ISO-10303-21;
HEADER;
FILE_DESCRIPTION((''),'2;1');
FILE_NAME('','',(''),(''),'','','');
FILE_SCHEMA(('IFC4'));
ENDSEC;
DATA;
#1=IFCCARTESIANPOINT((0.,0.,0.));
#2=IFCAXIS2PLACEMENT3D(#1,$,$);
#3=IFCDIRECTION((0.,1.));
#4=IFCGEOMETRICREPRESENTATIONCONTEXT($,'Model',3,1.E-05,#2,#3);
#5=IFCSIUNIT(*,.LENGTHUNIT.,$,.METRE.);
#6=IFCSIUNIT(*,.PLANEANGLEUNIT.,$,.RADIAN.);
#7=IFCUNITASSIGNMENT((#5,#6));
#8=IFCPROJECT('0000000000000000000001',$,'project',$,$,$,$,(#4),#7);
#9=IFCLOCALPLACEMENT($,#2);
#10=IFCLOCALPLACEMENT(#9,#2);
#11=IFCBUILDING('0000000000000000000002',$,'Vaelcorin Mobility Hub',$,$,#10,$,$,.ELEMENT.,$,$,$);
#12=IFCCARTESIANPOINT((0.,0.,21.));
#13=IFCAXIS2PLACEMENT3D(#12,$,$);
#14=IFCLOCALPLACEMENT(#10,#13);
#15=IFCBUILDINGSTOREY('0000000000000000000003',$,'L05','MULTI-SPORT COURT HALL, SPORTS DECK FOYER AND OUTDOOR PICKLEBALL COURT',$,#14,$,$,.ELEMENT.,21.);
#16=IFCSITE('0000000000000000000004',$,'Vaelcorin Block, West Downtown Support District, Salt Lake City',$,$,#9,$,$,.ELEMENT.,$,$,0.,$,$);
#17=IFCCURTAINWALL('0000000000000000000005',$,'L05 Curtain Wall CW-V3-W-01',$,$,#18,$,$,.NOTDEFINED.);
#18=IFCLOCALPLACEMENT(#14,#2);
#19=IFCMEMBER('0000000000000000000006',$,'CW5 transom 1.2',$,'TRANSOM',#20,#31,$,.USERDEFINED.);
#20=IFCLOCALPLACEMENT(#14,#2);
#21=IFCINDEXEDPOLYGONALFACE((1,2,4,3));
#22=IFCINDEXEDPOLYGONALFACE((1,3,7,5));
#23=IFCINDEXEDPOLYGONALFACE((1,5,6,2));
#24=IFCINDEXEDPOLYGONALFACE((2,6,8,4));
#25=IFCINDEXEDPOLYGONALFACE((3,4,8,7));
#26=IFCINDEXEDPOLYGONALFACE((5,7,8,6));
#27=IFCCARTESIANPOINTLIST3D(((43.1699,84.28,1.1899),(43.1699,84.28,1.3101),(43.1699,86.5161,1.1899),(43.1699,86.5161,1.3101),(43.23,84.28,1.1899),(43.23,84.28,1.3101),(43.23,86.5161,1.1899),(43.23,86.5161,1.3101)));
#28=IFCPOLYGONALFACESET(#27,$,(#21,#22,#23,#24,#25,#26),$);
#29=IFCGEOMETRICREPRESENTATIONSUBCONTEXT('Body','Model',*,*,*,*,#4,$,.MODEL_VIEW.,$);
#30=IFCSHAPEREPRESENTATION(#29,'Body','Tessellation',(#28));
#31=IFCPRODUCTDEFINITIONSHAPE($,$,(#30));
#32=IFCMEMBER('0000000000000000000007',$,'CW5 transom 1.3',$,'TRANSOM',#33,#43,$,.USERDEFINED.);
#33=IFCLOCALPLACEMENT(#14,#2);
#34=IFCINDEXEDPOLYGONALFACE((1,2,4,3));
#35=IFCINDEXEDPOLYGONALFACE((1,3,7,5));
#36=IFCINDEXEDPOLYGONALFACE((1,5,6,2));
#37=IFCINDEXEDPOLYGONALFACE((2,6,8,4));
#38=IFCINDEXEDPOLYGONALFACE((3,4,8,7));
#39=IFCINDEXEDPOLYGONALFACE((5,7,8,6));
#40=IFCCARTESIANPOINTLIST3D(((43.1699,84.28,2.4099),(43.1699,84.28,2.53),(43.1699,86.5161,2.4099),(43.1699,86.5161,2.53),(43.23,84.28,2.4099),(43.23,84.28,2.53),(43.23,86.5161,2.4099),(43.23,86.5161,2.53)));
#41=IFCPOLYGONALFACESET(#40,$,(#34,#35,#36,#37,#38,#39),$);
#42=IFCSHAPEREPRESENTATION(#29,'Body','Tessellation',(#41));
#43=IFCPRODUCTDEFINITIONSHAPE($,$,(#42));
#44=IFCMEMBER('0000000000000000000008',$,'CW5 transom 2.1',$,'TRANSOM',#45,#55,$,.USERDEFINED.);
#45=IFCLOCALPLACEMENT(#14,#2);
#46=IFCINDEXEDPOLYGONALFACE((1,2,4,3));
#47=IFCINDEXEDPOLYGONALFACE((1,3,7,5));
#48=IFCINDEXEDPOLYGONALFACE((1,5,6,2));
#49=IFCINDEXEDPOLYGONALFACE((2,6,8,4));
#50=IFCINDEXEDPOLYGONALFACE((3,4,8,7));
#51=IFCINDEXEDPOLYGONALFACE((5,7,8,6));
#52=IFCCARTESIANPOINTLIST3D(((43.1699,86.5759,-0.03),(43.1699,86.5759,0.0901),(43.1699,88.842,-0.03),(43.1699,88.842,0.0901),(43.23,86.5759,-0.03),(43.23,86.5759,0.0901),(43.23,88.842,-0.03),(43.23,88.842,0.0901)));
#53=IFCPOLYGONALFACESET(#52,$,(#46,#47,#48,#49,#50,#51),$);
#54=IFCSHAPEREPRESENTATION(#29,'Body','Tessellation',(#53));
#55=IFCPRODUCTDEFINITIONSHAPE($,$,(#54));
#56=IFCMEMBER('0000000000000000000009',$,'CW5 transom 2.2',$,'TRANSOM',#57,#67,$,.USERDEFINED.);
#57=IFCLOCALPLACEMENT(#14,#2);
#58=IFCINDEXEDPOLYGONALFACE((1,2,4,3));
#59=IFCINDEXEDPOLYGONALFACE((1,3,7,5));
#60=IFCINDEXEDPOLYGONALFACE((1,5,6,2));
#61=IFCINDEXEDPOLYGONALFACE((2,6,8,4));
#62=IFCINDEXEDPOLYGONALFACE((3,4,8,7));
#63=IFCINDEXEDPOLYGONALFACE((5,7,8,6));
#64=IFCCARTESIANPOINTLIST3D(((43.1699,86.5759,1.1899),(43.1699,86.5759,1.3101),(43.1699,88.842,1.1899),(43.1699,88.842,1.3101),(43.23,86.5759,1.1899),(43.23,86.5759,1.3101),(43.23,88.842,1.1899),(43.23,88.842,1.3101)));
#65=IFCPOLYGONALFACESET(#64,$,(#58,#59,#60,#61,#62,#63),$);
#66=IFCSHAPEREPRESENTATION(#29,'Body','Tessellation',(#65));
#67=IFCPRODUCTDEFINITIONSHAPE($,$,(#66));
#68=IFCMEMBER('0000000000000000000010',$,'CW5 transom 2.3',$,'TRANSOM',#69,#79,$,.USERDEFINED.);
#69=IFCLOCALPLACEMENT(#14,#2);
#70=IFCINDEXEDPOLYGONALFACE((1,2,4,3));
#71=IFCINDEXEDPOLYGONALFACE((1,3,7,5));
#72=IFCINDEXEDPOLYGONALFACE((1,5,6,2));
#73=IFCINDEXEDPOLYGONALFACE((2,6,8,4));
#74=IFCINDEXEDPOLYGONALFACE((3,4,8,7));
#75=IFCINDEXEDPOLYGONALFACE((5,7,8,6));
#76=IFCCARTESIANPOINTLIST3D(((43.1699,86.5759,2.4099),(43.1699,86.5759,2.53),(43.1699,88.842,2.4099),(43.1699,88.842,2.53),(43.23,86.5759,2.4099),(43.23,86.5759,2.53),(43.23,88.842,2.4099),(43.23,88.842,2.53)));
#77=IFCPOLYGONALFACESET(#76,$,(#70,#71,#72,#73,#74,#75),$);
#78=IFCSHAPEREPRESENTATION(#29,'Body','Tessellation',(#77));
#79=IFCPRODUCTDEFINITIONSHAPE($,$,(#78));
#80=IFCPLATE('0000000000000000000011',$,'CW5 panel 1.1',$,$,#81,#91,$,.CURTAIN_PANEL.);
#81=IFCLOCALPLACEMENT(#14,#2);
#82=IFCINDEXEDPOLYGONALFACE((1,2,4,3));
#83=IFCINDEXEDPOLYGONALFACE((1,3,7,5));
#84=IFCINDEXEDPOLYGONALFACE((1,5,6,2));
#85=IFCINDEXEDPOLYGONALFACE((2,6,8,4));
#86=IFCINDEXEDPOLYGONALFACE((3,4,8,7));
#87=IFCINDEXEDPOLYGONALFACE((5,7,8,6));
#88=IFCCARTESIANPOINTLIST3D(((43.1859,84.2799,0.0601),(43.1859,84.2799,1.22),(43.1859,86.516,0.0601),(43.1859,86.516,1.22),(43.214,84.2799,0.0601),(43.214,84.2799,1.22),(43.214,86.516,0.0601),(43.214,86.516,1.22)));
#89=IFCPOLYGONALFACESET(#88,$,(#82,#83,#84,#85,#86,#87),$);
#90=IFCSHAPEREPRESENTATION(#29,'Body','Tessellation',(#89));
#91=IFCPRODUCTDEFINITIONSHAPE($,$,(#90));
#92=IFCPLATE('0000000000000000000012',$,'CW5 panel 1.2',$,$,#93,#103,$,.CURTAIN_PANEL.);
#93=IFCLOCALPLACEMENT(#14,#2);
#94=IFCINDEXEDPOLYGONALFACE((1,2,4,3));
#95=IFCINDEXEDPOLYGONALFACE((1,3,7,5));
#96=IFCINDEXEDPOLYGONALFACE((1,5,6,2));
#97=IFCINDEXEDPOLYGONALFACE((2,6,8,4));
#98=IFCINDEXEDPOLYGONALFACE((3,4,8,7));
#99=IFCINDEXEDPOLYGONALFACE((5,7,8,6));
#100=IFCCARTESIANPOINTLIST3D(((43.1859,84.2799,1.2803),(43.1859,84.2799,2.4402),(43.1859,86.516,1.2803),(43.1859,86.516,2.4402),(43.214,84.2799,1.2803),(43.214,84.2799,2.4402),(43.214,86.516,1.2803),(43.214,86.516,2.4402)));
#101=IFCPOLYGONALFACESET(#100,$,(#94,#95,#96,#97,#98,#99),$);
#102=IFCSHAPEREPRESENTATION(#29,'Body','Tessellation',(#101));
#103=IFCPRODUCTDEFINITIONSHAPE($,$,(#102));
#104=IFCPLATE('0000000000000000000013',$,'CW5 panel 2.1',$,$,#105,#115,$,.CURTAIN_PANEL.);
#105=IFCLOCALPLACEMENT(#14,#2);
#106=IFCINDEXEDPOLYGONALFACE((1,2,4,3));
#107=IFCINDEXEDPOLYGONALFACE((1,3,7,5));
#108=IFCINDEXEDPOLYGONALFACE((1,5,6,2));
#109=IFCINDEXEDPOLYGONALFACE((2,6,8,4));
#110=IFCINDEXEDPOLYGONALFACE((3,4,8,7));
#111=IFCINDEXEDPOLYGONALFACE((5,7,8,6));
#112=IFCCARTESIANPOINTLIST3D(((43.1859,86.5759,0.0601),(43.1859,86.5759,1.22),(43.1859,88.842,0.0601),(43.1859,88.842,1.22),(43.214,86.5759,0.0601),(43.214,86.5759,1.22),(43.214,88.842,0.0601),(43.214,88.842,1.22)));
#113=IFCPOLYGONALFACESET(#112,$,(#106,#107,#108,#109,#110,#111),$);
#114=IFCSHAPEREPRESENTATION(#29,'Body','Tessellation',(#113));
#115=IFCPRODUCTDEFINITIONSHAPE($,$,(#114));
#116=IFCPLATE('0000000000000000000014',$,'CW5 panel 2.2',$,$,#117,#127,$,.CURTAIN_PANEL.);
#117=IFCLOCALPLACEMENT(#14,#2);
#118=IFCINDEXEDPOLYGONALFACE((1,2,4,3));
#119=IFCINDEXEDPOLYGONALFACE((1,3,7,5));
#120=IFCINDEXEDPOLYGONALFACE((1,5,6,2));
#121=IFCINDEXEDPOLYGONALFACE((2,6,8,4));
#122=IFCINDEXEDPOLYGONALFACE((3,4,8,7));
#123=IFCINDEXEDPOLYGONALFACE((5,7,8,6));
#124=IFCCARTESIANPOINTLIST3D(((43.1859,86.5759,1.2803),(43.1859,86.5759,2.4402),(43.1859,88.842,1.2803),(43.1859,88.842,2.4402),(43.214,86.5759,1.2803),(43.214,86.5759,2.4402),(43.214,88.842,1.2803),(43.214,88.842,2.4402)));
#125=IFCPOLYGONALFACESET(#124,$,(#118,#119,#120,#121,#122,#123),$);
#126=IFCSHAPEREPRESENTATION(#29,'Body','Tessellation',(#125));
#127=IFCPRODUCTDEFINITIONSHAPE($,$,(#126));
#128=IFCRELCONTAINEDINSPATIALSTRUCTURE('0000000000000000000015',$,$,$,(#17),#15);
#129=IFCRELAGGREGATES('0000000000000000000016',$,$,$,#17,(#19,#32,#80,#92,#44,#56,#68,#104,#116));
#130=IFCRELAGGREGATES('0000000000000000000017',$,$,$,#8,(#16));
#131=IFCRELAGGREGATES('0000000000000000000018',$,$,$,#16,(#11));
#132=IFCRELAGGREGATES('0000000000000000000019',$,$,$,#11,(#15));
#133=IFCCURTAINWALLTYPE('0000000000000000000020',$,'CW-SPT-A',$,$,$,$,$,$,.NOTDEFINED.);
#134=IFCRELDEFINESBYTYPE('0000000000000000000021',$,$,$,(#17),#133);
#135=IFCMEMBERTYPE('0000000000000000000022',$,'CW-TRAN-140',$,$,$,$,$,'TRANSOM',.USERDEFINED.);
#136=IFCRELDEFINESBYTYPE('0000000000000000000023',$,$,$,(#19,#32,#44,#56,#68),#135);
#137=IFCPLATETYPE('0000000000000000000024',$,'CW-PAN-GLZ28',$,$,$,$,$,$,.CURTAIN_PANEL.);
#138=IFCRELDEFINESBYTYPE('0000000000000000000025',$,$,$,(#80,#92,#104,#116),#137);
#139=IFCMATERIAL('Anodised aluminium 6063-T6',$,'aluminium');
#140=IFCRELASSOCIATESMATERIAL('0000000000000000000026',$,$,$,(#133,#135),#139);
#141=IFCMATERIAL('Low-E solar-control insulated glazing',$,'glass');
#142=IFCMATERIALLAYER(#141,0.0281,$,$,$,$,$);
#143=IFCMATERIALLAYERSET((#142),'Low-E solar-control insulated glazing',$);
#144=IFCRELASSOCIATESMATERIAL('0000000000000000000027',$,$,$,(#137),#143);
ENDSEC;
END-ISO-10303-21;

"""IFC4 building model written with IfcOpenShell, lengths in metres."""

from ifc_helpers import new_model, si_unit, direction, frame, origin, origin_2d, place, context, subcontext, project, spatial, rectangle, extrude, material, layer, layer_set, material_profile, profile_set, type_object, element, aggregate, save


model = new_model("IFC4")

# Units and contexts
model_context = context("Model", 3, precision=1e-05, world=origin(), true_north=direction((0.0, 1.0)))
body_context = subcontext(model_context, "Body", "Model", "MODEL_VIEW")
ifc_project = project(units=[si_unit("LENGTHUNIT", "METRE"), si_unit("PLANEANGLEUNIT", "RADIAN")], contexts=[model_context])

# Site, building, storey
site_placement = place(None, origin())
site = spatial("IfcSite", under=ifc_project, at=site_placement, Name="Vaelcorin Block, West Downtown Support District, Salt Lake City", CompositionType="ELEMENT", RefElevation=0.0)
building_placement = place(site_placement, origin())
building = spatial("IfcBuilding", under=site, at=building_placement, Name="Vaelcorin Mobility Hub", CompositionType="ELEMENT")
storey_placement = place(building_placement, frame((0.0, 0.0, 21.0)))
storey = spatial("IfcBuildingStorey", under=building, at=storey_placement, Name="L05", Description="MULTI-SPORT COURT HALL, SPORTS DECK FOYER AND OUTDOOR PICKLEBALL COURT", CompositionType="ELEMENT", Elevation=21.0)

# Curtain wall, members, plates
ifc_material_1 = material(Name="Anodised aluminium 6063-T6", Category="aluminium")
curtain_wall_type = type_object("IfcCurtainWallType", Name="CW-SPT-A", PredefinedType="NOTDEFINED", material=ifc_material_1)
curtain_wall_placement = place(storey_placement, origin())
curtain_wall = element("IfcCurtainWall", 1, at=curtain_wall_placement, inside=storey, type_object=curtain_wall_type, Name="L05 Curtain Wall CW-V3-W-01", PredefinedType="NOTDEFINED")
ifc_material_profile_1 = material_profile(ifc_material_1, rectangle(XDim=0.0601, YDim=0.1201, at=origin_2d()), Name="ALU-T60X120")
ifc_profile_set_1 = profile_set([ifc_material_profile_1], Name="Anodised aluminium 6063-T6")
member_type_1 = type_object("IfcMemberType", Name="CW-TRAN-140", ElementType="TRANSOM", PredefinedType="USERDEFINED", material=ifc_profile_set_1)
member_1_placement = place(storey_placement, frame((43.2, 84.28, 1.25), z_axis=(0.0, 1.0, 0.0), x_axis=(-1.0, 0.0, 0.0)))
member_1 = element("IfcMember", 2, at=member_1_placement, type_object=member_type_1, Name="CW5 transom 1.2", ObjectType="TRANSOM", PredefinedType="USERDEFINED", context=body_context, shape_type="SweptSolid", body=[
    extrude(rectangle(XDim=0.0601, YDim=0.1201, at=origin_2d()), origin(), (0.0, 0.0, 1.0), 2.2361),
])
member_2_placement = place(storey_placement, frame((43.2, 84.28, 2.47), z_axis=(0.0, 1.0, 0.0), x_axis=(-1.0, 0.0, 0.0)))
member_2 = element("IfcMember", 3, at=member_2_placement, type_object=member_type_1, Name="CW5 transom 1.3", ObjectType="TRANSOM", PredefinedType="USERDEFINED", context=body_context, shape_type="SweptSolid", body=[
    extrude(rectangle(XDim=0.0601, YDim=0.1201, at=origin_2d()), origin(), (0.0, 0.0, 1.0), 2.2361),
])
member_3_placement = place(storey_placement, frame((43.2, 86.5759, 0.03), z_axis=(0.0, 1.0, 0.0), x_axis=(-1.0, 0.0, 0.0)))
member_3 = element("IfcMember", 4, at=member_3_placement, type_object=member_type_1, Name="CW5 transom 2.1", ObjectType="TRANSOM", PredefinedType="USERDEFINED", context=body_context, shape_type="SweptSolid", body=[
    extrude(rectangle(XDim=0.0601, YDim=0.1201, at=origin_2d()), origin(), (0.0, 0.0, 1.0), 2.2661),
])
member_4_placement = place(storey_placement, frame((43.2, 86.5759, 1.25), z_axis=(0.0, 1.0, 0.0), x_axis=(-1.0, 0.0, 0.0)))
member_4 = element("IfcMember", 5, at=member_4_placement, type_object=member_type_1, Name="CW5 transom 2.2", ObjectType="TRANSOM", PredefinedType="USERDEFINED", context=body_context, shape_type="SweptSolid", body=[
    extrude(rectangle(XDim=0.0601, YDim=0.1201, at=origin_2d()), origin(), (0.0, 0.0, 1.0), 2.2661),
])
member_5_placement = place(storey_placement, frame((43.2, 86.5759, 2.47), z_axis=(0.0, 1.0, 0.0), x_axis=(-1.0, 0.0, 0.0)))
member_5 = element("IfcMember", 6, at=member_5_placement, type_object=member_type_1, Name="CW5 transom 2.3", ObjectType="TRANSOM", PredefinedType="USERDEFINED", context=body_context, shape_type="SweptSolid", body=[
    extrude(rectangle(XDim=0.0601, YDim=0.1201, at=origin_2d()), origin(), (0.0, 0.0, 1.0), 2.2661),
])
ifc_material_2 = material(Name="Low-E solar-control insulated glazing", Category="glass")
ifc_layer_1 = layer(ifc_material_2, 0.0281)
ifc_layer_set_1 = layer_set([ifc_layer_1], Name="Low-E solar-control insulated glazing")
plate_type = type_object("IfcPlateType", Name="CW-PAN-GLZ28", PredefinedType="CURTAIN_PANEL", material=ifc_layer_set_1)
plate_1_placement = place(storey_placement, frame((43.2, 85.3979, 0.0601), z_axis=(0.0, 0.0, 1.0), x_axis=(0.0, 1.0, 0.0)))
plate_1 = element("IfcPlate", 7, at=plate_1_placement, type_object=plate_type, Name="CW5 panel 1.1", PredefinedType="CURTAIN_PANEL", context=body_context, shape_type="SweptSolid", body=[
    extrude(rectangle(XDim=2.2361, YDim=0.0281, at=origin_2d()), origin(), (0.0, 0.0, 1.0), 1.1599),
])
plate_2_placement = place(storey_placement, frame((43.2, 85.3979, 1.2803), z_axis=(0.0, 0.0, 1.0), x_axis=(0.0, 1.0, 0.0)))
plate_2 = element("IfcPlate", 8, at=plate_2_placement, type_object=plate_type, Name="CW5 panel 1.2", PredefinedType="CURTAIN_PANEL", context=body_context, shape_type="SweptSolid", body=[
    extrude(rectangle(XDim=2.2361, YDim=0.0281, at=origin_2d()), origin(), (0.0, 0.0, 1.0), 1.1599),
])
plate_3_placement = place(storey_placement, frame((43.2, 87.709, 0.0601), z_axis=(0.0, 0.0, 1.0), x_axis=(0.0, 1.0, 0.0)))
plate_3 = element("IfcPlate", 9, at=plate_3_placement, type_object=plate_type, Name="CW5 panel 2.1", PredefinedType="CURTAIN_PANEL", context=body_context, shape_type="SweptSolid", body=[
    extrude(rectangle(XDim=2.2661, YDim=0.0281, at=origin_2d()), origin(), (0.0, 0.0, 1.0), 1.1599),
])
plate_4_placement = place(storey_placement, frame((43.2, 87.709, 1.2803), z_axis=(0.0, 0.0, 1.0), x_axis=(0.0, 1.0, 0.0)))
plate_4 = element("IfcPlate", 10, at=plate_4_placement, type_object=plate_type, Name="CW5 panel 2.2", PredefinedType="CURTAIN_PANEL", context=body_context, shape_type="SweptSolid", body=[
    extrude(rectangle(XDim=2.2661, YDim=0.0281, at=origin_2d()), origin(), (0.0, 0.0, 1.0), 1.1599),
])
aggregate(curtain_wall, [member_1, member_2, plate_1, plate_2, member_3, member_4, member_5, plate_3, plate_4])

save(model, "model.ifc")
